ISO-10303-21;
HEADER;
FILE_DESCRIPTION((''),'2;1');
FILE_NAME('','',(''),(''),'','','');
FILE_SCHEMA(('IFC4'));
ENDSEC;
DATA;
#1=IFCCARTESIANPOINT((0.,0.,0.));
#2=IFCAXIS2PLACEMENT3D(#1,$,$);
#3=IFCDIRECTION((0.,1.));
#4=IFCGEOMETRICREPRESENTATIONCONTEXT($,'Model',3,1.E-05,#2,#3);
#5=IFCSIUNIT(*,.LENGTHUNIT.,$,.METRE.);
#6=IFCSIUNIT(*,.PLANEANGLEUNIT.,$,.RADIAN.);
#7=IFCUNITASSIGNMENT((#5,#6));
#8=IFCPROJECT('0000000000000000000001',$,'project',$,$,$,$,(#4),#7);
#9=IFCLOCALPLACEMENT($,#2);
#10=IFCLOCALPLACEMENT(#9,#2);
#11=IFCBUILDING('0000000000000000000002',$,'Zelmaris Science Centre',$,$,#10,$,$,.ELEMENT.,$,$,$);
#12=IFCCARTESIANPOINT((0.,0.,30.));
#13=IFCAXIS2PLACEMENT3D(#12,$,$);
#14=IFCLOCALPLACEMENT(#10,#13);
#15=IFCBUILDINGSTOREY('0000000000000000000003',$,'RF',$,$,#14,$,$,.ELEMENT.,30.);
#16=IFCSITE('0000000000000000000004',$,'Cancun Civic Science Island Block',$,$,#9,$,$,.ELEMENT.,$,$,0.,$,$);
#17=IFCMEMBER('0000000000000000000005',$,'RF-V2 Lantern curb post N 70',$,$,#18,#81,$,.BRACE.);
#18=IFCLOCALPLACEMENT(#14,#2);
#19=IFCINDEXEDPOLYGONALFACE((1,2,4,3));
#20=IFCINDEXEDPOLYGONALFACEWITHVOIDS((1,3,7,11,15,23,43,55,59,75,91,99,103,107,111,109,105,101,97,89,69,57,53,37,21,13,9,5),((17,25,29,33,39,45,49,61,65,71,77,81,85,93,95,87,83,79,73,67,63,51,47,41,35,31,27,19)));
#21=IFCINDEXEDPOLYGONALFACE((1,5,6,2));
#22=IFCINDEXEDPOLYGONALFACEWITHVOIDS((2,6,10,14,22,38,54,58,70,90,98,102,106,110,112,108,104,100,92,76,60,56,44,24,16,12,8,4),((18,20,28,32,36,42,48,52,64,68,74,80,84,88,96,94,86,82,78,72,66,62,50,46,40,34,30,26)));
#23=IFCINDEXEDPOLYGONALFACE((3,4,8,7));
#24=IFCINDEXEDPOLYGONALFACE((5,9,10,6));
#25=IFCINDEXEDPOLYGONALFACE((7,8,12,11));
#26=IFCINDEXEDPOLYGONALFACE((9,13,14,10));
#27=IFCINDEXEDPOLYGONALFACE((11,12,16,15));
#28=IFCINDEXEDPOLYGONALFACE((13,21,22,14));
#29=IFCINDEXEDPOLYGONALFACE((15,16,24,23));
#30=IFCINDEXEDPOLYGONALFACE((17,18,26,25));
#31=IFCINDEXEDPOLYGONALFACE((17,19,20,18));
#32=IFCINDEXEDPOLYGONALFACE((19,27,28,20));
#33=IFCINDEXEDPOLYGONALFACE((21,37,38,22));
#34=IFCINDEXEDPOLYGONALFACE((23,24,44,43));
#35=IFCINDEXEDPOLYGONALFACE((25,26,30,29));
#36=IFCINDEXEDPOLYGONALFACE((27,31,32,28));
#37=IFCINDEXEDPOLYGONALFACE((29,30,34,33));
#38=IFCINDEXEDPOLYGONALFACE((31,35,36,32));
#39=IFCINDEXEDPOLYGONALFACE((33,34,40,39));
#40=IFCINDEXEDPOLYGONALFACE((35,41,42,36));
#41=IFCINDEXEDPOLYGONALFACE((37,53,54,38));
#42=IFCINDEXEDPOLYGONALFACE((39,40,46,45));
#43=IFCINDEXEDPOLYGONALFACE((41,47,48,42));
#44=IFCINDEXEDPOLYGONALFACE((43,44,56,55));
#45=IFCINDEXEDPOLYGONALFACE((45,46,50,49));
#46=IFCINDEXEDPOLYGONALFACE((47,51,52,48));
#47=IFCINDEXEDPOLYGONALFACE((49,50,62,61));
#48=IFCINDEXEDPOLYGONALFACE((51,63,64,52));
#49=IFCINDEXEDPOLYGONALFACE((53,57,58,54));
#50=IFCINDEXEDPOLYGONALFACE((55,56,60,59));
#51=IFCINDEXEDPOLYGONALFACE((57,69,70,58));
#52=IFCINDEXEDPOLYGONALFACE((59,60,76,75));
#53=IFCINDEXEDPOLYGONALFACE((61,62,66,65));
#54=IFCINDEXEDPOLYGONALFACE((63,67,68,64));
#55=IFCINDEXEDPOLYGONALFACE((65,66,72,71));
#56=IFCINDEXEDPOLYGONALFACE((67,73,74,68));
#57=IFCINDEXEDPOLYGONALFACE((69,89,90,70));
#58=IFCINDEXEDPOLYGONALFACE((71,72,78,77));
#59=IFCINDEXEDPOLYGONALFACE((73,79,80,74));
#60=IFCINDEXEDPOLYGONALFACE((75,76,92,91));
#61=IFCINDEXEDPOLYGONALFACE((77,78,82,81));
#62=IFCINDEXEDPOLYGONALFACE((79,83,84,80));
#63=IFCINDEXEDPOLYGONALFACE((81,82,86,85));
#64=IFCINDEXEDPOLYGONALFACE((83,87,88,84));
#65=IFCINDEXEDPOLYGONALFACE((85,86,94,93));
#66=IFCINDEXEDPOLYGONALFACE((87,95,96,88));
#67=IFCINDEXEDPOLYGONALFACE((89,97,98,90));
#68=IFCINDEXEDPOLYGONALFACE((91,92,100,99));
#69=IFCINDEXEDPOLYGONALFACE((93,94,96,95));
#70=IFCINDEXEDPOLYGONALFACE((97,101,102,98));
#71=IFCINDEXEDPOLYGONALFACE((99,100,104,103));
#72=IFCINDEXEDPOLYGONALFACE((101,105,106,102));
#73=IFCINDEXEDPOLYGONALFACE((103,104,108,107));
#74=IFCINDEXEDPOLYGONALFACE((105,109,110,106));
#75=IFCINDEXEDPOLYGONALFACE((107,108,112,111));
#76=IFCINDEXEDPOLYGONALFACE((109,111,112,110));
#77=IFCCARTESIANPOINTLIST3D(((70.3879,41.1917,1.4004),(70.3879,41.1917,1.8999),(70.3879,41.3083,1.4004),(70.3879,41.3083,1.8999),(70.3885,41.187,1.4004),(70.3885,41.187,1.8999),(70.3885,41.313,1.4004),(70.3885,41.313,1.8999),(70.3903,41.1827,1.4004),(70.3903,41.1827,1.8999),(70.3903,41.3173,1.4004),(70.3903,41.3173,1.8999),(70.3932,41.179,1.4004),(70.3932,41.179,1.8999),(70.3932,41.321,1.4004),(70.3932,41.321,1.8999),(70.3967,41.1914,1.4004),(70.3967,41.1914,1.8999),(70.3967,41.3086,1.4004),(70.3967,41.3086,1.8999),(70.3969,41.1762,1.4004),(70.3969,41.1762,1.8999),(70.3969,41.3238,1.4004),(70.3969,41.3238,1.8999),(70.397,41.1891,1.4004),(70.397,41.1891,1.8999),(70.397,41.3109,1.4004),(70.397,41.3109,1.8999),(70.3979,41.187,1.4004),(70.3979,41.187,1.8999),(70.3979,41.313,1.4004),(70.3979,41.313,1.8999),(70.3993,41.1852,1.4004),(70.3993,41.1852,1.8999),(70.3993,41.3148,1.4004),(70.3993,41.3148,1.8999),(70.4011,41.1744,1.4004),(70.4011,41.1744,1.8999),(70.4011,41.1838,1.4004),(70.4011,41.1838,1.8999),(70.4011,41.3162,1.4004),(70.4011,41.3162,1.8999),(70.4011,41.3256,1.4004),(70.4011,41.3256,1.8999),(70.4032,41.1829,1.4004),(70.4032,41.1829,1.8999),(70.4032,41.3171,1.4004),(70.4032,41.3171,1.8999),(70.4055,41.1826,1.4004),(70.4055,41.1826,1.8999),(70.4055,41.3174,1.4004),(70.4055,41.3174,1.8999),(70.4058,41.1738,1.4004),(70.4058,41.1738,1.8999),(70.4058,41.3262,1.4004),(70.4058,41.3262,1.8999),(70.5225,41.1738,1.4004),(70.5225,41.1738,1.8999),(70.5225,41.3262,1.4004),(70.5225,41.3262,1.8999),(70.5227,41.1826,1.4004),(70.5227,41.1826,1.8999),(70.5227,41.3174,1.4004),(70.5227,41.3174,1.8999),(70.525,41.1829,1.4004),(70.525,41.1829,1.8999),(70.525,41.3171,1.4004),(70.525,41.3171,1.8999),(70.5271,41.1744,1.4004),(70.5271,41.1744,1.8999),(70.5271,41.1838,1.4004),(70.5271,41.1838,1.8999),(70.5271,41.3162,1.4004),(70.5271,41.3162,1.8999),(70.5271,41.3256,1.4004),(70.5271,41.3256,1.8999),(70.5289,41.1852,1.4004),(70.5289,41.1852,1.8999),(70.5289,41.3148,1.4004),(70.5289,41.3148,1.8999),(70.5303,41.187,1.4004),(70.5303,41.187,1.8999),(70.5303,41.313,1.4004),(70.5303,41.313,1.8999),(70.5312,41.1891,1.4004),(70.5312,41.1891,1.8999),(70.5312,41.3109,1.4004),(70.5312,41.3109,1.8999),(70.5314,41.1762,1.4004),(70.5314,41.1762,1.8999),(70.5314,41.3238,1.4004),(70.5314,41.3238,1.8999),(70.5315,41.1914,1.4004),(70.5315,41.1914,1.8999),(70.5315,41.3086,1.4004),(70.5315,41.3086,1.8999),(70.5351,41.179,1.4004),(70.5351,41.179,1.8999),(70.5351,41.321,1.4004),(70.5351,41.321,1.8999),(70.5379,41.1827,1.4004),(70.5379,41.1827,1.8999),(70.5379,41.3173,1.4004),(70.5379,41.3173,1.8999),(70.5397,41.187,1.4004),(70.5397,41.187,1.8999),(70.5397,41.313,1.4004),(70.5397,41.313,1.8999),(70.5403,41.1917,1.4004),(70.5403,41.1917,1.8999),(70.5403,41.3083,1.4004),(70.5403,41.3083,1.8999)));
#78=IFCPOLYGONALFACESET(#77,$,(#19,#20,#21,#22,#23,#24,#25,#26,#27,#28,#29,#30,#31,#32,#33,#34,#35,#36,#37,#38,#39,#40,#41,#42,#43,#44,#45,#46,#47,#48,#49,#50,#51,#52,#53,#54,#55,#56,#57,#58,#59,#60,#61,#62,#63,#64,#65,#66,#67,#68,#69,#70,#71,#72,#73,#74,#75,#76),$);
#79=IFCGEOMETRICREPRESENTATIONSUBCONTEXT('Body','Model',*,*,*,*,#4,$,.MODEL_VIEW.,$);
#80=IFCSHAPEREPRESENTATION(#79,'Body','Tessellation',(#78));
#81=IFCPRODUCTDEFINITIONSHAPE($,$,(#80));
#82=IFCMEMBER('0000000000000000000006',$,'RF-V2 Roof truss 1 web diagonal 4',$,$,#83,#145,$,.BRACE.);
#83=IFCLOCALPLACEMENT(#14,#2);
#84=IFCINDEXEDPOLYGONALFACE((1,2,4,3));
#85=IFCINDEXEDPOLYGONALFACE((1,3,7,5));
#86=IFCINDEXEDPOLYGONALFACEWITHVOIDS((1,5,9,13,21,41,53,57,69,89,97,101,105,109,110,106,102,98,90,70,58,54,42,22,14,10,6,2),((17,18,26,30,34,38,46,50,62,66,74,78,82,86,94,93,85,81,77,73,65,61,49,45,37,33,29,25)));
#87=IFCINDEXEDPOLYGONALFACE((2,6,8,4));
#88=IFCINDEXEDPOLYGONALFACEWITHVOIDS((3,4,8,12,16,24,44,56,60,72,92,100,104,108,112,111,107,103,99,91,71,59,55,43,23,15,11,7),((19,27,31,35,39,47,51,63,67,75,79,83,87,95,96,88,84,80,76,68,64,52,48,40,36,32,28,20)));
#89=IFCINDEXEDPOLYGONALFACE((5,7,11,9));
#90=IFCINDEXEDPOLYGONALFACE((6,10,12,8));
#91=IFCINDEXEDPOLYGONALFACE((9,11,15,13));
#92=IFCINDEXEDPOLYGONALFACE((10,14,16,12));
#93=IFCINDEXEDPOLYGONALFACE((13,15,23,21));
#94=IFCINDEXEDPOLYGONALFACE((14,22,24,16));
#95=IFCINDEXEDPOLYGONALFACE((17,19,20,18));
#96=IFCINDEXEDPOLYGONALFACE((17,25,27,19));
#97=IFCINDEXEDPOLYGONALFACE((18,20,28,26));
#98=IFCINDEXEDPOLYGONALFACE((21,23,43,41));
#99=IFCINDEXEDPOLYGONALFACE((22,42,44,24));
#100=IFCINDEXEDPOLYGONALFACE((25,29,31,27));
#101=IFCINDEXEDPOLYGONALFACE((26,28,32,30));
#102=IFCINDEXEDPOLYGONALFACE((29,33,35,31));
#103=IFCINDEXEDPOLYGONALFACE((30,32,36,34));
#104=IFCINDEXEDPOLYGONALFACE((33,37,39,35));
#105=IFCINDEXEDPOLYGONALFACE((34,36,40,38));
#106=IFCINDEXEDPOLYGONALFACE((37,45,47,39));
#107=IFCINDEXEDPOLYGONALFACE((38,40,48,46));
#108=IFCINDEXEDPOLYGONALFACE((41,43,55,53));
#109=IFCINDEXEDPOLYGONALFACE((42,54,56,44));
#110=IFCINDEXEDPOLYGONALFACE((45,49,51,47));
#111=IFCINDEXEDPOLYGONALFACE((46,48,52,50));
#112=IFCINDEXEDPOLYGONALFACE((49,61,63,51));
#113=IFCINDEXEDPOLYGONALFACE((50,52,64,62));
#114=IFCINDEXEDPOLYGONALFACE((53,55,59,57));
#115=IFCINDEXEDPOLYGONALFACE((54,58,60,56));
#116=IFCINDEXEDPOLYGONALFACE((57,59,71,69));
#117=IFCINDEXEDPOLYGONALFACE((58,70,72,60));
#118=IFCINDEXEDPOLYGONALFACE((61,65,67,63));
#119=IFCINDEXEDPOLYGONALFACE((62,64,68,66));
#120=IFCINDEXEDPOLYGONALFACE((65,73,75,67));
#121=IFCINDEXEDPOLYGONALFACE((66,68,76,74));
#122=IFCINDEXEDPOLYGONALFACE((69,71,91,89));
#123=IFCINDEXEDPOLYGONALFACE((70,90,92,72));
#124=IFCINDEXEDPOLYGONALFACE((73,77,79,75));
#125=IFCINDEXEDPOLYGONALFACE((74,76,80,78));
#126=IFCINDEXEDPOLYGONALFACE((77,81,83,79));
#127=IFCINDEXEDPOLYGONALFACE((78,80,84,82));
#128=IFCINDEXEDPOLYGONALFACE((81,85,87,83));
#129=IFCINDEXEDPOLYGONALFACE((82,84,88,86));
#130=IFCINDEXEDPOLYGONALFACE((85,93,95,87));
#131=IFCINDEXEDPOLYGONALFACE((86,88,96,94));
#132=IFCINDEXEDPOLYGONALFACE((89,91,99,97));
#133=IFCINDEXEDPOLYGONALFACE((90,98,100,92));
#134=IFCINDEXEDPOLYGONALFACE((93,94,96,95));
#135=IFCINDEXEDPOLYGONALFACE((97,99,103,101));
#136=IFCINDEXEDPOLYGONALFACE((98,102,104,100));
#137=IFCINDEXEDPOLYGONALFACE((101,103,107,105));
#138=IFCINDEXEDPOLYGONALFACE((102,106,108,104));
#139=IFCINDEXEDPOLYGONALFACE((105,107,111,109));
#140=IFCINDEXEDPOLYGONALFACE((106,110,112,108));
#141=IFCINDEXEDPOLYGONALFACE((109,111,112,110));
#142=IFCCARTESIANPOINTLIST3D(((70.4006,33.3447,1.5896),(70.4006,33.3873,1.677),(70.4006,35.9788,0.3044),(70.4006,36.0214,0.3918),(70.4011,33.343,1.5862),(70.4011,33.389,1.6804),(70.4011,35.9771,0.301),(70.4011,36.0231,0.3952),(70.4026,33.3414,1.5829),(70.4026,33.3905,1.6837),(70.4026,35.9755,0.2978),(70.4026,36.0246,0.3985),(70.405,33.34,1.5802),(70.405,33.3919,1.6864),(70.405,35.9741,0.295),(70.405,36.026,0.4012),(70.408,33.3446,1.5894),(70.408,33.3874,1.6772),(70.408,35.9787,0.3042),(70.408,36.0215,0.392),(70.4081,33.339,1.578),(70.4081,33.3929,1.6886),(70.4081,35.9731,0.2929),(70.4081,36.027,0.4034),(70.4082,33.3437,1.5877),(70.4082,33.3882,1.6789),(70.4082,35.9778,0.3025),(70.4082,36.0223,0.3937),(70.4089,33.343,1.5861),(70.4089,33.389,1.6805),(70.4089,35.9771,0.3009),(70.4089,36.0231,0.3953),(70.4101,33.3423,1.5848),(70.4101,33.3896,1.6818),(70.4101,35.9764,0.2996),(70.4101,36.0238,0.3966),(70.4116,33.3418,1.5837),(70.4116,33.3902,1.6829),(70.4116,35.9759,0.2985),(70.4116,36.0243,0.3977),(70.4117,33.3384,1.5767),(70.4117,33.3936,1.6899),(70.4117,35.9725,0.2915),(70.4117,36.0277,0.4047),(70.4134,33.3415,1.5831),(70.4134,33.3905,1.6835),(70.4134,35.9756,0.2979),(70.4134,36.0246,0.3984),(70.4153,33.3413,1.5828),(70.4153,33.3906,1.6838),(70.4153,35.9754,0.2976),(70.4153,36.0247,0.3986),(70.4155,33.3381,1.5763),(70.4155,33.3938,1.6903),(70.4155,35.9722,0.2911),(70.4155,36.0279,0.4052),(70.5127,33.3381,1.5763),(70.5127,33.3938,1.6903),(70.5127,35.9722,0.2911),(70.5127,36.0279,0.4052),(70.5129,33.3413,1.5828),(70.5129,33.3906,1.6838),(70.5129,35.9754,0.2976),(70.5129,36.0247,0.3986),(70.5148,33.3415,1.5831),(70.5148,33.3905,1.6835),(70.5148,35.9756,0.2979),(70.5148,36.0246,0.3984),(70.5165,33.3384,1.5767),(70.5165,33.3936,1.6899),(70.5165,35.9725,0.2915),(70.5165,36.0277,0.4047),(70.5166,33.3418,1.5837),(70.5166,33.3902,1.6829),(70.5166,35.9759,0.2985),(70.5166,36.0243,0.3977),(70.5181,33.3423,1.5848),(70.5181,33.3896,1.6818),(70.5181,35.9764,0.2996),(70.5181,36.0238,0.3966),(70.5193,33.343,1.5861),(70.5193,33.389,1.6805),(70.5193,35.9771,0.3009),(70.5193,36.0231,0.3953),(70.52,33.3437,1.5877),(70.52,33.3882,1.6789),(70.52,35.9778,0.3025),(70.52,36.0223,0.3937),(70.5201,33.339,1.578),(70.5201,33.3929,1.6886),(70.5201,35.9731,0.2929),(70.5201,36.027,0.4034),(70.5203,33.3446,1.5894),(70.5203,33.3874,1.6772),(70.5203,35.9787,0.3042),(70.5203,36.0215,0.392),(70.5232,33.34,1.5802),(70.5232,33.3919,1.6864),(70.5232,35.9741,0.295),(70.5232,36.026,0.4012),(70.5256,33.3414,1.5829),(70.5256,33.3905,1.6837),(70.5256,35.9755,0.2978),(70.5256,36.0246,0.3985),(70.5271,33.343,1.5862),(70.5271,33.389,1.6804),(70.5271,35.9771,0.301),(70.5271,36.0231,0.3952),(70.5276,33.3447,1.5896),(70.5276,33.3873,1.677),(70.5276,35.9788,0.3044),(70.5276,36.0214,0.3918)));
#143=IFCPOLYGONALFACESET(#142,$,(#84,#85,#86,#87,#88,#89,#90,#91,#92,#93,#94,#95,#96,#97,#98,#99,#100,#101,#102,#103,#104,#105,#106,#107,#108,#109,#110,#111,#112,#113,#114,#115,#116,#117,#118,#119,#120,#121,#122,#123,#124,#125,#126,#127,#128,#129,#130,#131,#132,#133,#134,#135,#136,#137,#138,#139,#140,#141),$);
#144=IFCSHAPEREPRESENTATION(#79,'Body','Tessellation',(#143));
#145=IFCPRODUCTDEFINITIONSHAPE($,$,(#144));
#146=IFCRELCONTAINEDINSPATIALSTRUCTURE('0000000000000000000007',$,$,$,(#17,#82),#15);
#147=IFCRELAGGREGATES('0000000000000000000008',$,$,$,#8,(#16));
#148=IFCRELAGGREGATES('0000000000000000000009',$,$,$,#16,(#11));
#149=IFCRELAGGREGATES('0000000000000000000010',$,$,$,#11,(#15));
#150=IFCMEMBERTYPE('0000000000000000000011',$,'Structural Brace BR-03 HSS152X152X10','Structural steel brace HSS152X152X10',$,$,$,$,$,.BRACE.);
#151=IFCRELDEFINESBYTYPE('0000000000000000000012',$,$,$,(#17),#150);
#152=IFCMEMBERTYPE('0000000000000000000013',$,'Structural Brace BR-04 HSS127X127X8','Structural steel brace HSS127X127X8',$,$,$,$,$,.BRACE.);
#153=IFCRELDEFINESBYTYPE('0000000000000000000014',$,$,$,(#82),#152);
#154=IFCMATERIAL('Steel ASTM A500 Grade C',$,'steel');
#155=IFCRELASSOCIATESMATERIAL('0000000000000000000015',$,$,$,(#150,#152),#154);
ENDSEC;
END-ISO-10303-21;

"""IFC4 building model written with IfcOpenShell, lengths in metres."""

from ifc_helpers import new_model, si_unit, direction, frame, origin, origin_2d, place, context, subcontext, project, spatial, hollow_rectangle, extrude, material, material_profile, profile_set, type_object, element, save


model = new_model("IFC4")

# Units and contexts
model_context = context("Model", 3, precision=1e-05, world=origin(), true_north=direction((0.0, 1.0)))
body_context = subcontext(model_context, "Body", "Model", "MODEL_VIEW")
ifc_project = project(units=[si_unit("LENGTHUNIT", "METRE"), si_unit("PLANEANGLEUNIT", "RADIAN")], contexts=[model_context])

# Site, building, storey
site_placement = place(None, origin())
site = spatial("IfcSite", under=ifc_project, at=site_placement, Name="Cancun Civic Science Island Block", CompositionType="ELEMENT", RefElevation=0.0)
building_placement = place(site_placement, origin())
building = spatial("IfcBuilding", under=site, at=building_placement, Name="Zelmaris Science Centre", CompositionType="ELEMENT")
storey_placement = place(building_placement, frame((0.0, 0.0, 30.0)))
storey = spatial("IfcBuildingStorey", under=building, at=storey_placement, Name="RF", CompositionType="ELEMENT", Elevation=30.0)

# Shared definitions
ifc_material_1 = material(Name="Steel ASTM A500 Grade C", Category="steel")

# Members
ifc_material_profile_1 = material_profile(ifc_material_1, hollow_rectangle(XDim=0.1523, YDim=0.1523, WallThickness=0.0088, InnerFilletRadius=0.0088, OuterFilletRadius=0.0178, at=origin_2d()), Name="HSS152X152X10")
ifc_profile_set_1 = profile_set([ifc_material_profile_1], Name="Steel ASTM A500 Grade C")
member_type_1 = type_object("IfcMemberType", Name="Structural Brace BR-03 HSS152X152X10", Description="Structural steel brace HSS152X152X10", PredefinedType="BRACE", material=ifc_profile_set_1)
for number, where, z_axis, x_axis, name in (
    (1, (70.4641, 41.25, 1.4004), (0.0, 0.0, 1.0), (1.0, 0.0, 0.0), "RF-V2 Lantern curb post N 70"),
):
    element("IfcMember", number, at=place(storey_placement, frame(where, z_axis=z_axis, x_axis=x_axis)), inside=storey, type_object=member_type_1, Name=name, PredefinedType="BRACE", context=body_context, shape_type="SweptSolid", body=[
        extrude(hollow_rectangle(XDim=0.1523, YDim=0.1523, WallThickness=0.0088, InnerFilletRadius=0.0088, OuterFilletRadius=0.0178, at=origin_2d()), origin(), (0.0, 0.0, 1.0), 0.4995),
    ])
ifc_material_profile_2 = material_profile(ifc_material_1, hollow_rectangle(XDim=0.127, YDim=0.127, WallThickness=0.0073, InnerFilletRadius=0.0073, OuterFilletRadius=0.0149, at=origin_2d()), Name="HSS127X127X8")
ifc_profile_set_2 = profile_set([ifc_material_profile_2], Name="Steel ASTM A500 Grade C")
member_type_2 = type_object("IfcMemberType", Name="Structural Brace BR-04 HSS127X127X8", Description="Structural steel brace HSS127X127X8", PredefinedType="BRACE", material=ifc_profile_set_2)
for number, where, z_axis, x_axis, name in (
    (2, (70.4641, 33.366, 1.6333), (0.0, 0.898733, -0.438496), (-1.0, 0.0, 0.0), "RF-V2 Roof truss 1 web diagonal 4"),
):
    element("IfcMember", number, at=place(storey_placement, frame(where, z_axis=z_axis, x_axis=x_axis)), inside=storey, type_object=member_type_2, Name=name, PredefinedType="BRACE", context=body_context, shape_type="SweptSolid", body=[
        extrude(hollow_rectangle(XDim=0.127, YDim=0.127, WallThickness=0.0073, InnerFilletRadius=0.0073, OuterFilletRadius=0.0149, at=origin_2d()), origin(), (0.0, 0.0, 1.0), 2.9309),
    ])

save(model, "model.ifc")
